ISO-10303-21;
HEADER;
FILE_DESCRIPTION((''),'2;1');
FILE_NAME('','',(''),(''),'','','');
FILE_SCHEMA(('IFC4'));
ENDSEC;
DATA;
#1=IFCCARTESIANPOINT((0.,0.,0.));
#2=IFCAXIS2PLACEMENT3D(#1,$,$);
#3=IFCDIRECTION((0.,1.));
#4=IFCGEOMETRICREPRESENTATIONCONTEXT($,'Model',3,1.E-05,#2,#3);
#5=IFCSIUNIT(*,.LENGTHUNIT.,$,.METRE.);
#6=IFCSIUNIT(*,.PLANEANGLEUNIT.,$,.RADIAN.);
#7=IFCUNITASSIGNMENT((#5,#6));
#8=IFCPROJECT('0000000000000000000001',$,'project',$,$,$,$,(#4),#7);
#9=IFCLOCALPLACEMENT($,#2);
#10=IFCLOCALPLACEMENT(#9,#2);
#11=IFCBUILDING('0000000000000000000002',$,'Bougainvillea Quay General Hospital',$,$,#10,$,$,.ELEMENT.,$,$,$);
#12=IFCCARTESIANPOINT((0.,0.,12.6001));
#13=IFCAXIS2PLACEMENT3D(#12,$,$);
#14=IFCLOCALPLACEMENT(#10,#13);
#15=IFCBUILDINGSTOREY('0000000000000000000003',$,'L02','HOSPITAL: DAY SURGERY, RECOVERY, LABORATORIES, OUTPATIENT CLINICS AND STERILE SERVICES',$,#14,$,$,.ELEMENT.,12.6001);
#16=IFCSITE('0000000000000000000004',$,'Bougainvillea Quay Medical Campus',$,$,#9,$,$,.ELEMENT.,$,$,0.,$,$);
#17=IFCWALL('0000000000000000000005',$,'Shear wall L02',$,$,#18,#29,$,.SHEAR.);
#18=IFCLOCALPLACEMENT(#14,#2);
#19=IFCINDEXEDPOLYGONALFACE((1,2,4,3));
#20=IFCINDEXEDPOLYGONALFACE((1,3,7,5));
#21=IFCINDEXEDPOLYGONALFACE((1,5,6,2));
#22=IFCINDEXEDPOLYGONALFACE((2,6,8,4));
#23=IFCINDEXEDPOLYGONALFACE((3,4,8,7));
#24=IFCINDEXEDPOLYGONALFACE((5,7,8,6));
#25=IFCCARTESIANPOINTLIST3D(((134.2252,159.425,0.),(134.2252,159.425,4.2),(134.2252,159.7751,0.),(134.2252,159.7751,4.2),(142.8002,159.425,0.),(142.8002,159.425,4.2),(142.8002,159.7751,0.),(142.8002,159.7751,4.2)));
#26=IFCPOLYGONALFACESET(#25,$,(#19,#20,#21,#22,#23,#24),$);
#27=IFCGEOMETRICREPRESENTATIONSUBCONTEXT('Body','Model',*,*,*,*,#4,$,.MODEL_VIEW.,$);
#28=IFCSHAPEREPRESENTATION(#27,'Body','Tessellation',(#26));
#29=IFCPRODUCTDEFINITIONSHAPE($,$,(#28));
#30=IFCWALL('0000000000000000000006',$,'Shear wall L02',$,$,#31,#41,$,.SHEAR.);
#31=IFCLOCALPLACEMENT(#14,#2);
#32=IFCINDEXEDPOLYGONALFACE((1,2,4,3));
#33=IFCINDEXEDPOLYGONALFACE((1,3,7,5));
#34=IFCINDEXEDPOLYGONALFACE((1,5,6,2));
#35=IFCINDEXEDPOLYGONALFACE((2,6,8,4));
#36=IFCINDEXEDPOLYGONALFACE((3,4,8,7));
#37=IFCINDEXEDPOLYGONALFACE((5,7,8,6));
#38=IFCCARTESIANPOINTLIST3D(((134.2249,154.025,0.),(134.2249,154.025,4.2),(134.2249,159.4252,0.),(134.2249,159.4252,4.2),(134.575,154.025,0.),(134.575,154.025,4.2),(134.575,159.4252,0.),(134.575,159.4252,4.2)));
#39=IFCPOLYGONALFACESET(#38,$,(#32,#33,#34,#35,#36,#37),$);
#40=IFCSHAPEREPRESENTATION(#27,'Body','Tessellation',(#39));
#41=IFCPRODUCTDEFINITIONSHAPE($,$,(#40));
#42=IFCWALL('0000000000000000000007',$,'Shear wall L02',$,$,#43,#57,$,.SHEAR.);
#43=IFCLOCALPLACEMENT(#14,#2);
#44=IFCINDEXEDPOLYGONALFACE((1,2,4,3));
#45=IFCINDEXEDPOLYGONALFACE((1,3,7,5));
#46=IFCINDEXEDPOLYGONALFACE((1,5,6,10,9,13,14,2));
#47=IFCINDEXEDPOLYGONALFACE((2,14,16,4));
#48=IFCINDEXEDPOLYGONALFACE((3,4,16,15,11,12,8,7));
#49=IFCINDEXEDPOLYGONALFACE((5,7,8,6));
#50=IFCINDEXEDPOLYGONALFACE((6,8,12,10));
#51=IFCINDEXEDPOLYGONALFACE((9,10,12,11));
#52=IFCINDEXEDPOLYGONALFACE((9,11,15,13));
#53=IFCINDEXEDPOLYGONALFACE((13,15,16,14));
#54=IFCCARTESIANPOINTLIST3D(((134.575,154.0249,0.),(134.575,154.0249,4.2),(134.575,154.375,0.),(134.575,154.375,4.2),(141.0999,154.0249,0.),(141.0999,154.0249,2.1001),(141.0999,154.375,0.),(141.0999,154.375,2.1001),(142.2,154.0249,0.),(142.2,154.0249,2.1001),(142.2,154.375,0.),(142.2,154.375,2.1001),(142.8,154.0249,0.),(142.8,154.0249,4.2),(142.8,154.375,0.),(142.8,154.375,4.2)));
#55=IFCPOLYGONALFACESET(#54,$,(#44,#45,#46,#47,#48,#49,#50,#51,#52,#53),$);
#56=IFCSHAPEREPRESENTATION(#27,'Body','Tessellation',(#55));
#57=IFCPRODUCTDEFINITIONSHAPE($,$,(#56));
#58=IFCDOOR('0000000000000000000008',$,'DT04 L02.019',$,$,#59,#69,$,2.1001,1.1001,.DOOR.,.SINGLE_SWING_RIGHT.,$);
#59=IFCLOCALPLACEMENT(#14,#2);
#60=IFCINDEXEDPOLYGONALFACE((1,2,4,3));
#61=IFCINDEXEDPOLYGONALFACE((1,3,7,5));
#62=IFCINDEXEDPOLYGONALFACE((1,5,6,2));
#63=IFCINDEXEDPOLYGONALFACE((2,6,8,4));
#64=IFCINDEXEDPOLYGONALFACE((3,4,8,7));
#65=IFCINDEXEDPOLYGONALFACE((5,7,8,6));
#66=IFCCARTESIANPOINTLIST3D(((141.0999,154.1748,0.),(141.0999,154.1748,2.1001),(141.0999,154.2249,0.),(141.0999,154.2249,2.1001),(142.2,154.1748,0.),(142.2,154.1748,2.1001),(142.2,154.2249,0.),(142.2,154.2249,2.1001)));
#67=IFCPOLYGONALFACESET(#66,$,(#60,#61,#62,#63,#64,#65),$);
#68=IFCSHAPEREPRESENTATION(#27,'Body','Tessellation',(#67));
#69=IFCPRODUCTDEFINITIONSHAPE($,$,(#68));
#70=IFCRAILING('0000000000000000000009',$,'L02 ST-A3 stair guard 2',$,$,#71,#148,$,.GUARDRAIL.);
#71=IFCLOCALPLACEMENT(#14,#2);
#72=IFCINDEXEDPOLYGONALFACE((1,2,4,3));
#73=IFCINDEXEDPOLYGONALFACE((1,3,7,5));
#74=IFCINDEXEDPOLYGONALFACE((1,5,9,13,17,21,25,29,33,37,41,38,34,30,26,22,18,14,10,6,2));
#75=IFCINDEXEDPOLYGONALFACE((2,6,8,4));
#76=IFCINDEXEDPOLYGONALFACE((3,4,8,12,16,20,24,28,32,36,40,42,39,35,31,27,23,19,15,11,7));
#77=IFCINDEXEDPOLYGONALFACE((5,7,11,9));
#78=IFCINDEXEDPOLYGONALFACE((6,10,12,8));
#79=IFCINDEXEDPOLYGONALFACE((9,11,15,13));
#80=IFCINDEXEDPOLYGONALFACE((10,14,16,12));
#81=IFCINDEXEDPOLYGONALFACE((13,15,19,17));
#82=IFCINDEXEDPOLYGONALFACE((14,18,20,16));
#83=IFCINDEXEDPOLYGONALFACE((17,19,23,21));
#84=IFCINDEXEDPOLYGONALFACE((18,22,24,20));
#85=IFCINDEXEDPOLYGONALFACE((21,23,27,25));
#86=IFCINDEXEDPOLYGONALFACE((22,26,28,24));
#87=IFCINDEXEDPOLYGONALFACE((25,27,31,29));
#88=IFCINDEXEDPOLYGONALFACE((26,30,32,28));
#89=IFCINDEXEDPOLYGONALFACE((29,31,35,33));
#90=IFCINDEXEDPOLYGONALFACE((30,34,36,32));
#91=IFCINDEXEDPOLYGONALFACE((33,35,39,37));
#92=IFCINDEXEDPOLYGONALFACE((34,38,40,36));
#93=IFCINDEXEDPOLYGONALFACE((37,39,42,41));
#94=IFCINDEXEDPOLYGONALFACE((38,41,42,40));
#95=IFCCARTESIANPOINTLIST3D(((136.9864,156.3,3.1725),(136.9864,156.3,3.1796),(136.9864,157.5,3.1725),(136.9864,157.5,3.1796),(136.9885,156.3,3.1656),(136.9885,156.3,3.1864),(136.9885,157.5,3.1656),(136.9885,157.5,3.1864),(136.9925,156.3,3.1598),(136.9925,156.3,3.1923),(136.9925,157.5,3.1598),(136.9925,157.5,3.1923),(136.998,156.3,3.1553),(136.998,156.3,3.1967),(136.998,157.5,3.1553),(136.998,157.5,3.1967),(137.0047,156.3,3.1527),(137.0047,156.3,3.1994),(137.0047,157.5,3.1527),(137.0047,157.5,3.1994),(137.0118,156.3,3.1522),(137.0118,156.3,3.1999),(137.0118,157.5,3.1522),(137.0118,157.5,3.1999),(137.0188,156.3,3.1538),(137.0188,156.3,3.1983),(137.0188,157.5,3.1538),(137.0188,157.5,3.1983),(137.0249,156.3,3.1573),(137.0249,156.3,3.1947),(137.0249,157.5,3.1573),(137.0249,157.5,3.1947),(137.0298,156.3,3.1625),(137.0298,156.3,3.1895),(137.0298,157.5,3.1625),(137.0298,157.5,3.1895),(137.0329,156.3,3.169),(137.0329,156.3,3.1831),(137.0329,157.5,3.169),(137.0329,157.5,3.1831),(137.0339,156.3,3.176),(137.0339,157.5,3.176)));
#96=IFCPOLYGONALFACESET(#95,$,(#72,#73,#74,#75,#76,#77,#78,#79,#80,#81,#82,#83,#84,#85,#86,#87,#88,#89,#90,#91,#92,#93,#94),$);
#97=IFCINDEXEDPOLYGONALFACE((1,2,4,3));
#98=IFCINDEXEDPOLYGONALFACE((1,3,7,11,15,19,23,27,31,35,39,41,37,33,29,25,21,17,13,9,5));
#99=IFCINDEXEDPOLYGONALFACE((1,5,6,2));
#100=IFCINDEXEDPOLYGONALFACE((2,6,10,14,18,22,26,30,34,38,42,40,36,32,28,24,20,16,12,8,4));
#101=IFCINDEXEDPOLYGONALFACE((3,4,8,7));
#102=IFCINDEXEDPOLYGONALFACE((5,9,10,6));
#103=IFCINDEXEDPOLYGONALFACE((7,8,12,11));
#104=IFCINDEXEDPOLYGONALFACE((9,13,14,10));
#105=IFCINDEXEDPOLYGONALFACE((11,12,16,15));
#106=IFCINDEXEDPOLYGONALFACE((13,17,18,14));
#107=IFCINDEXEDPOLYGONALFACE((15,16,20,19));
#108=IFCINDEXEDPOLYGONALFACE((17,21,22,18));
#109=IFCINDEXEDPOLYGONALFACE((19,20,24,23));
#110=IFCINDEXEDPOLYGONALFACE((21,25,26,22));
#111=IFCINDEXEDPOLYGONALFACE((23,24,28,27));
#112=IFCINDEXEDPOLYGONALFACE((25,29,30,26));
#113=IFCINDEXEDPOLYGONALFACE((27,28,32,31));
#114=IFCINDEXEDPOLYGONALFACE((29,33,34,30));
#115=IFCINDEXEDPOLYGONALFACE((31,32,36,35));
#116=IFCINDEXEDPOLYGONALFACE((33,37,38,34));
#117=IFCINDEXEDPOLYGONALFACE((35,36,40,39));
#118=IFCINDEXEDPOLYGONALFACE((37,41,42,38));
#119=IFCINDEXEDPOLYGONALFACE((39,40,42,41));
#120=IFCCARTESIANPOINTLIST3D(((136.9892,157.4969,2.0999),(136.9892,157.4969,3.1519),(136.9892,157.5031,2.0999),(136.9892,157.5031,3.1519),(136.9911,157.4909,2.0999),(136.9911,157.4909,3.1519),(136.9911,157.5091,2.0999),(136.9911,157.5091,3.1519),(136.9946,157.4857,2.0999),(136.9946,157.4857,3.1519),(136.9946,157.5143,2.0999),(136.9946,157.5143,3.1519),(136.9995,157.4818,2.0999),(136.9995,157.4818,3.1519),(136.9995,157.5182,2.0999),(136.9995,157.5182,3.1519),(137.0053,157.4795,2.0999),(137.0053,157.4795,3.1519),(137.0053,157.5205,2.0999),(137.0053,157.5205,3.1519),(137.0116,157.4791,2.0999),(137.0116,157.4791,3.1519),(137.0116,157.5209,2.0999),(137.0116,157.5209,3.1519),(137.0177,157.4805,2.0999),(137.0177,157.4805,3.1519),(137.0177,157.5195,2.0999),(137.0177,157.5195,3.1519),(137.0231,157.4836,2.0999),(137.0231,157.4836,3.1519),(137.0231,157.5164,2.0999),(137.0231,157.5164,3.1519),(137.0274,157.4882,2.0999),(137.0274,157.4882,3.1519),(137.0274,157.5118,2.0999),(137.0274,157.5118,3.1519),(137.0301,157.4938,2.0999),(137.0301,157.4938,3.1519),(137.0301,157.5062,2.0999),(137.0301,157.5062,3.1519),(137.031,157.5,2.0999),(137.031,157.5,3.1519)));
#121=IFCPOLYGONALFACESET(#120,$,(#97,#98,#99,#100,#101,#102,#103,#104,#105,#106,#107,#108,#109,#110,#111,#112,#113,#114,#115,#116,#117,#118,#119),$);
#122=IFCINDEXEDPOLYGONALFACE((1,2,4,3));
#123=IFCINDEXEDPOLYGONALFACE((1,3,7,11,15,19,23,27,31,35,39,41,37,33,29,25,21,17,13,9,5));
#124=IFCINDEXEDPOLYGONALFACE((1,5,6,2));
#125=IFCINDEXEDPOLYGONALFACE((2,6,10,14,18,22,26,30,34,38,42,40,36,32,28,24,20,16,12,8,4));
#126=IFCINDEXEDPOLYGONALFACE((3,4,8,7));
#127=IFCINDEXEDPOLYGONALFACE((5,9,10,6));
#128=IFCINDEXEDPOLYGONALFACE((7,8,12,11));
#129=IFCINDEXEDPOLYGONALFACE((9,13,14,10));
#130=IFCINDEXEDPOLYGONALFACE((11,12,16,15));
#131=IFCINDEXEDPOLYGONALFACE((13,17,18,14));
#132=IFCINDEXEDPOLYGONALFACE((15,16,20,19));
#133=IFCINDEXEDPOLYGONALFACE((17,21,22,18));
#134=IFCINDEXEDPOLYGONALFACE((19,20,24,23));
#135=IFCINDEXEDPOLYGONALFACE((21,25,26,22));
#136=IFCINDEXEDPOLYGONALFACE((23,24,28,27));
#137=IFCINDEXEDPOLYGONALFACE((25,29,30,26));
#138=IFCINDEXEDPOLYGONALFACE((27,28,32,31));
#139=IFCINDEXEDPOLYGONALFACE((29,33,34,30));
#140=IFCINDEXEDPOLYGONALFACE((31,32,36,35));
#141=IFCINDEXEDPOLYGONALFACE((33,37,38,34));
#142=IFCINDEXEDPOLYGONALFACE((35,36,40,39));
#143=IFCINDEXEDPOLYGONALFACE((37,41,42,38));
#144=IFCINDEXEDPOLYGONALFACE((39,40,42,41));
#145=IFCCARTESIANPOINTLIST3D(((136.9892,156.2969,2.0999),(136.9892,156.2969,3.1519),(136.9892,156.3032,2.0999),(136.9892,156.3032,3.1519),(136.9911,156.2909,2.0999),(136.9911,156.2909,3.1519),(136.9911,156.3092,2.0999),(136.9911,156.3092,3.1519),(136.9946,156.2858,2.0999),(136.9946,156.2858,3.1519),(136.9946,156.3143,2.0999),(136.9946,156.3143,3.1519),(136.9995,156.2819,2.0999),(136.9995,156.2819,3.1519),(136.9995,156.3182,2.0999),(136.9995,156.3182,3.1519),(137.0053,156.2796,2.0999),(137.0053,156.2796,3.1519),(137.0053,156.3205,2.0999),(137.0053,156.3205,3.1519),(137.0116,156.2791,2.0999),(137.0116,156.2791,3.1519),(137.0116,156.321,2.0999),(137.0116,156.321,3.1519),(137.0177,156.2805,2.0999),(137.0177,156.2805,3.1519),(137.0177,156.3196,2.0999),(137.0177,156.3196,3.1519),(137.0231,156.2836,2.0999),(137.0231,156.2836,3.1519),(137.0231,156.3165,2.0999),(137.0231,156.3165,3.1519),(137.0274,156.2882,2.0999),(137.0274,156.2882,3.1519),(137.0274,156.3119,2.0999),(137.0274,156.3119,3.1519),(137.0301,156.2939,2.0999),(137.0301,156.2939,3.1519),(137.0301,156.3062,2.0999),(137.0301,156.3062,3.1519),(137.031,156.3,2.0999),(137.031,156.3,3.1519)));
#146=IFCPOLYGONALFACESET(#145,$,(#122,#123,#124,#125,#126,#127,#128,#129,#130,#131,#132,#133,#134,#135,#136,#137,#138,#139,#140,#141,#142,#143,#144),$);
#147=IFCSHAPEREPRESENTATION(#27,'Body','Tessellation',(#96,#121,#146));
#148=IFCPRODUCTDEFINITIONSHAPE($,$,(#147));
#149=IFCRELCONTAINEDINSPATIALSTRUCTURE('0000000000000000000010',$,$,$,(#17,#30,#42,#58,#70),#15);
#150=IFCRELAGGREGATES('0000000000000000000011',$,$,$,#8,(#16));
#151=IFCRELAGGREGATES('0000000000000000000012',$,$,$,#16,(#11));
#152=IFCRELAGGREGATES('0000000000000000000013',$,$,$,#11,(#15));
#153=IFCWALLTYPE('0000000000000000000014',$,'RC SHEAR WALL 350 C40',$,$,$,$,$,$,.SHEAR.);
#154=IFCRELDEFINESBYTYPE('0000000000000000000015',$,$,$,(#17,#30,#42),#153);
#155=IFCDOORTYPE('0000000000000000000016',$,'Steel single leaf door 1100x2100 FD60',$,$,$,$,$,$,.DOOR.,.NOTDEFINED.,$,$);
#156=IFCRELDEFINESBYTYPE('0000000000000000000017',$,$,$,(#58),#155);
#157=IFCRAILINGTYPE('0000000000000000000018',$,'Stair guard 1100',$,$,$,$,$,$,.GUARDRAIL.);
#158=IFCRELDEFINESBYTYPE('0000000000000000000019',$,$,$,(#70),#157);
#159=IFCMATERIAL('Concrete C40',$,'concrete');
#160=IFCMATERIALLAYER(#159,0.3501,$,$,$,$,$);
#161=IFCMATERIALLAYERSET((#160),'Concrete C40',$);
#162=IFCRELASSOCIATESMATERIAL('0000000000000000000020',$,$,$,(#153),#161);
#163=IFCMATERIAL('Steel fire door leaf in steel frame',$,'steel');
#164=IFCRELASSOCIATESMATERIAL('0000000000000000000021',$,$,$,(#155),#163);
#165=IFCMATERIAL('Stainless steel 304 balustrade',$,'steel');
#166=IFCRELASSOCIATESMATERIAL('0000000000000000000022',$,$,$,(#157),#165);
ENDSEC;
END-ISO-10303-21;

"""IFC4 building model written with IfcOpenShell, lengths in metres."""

from ifc_helpers import new_model, si_unit, direction, frame, frame_2d, origin, origin_2d, place, context, subcontext, project, spatial, rectangle, circle, extrude, material, layer, layer_set, type_object, element, fill, save


model = new_model("IFC4")

# Units and contexts
model_context = context("Model", 3, precision=1e-05, world=origin(), true_north=direction((0.0, 1.0)))
body_context = subcontext(model_context, "Body", "Model", "MODEL_VIEW")
ifc_project = project(units=[si_unit("LENGTHUNIT", "METRE"), si_unit("PLANEANGLEUNIT", "RADIAN")], contexts=[model_context])

# Site, building, storey
site_placement = place(None, origin())
site = spatial("IfcSite", under=ifc_project, at=site_placement, Name="Bougainvillea Quay Medical Campus", CompositionType="ELEMENT", RefElevation=0.0)
building_placement = place(site_placement, origin())
building = spatial("IfcBuilding", under=site, at=building_placement, Name="Bougainvillea Quay General Hospital", CompositionType="ELEMENT")
storey_placement = place(building_placement, frame((0.0, 0.0, 12.6001)))
storey = spatial("IfcBuildingStorey", under=building, at=storey_placement, Name="L02", Description="HOSPITAL: DAY SURGERY, RECOVERY, LABORATORIES, OUTPATIENT CLINICS AND STERILE SERVICES", CompositionType="ELEMENT", Elevation=12.6001)

# Shared definitions
ifc_material_1 = material(Name="Concrete C40", Category="concrete")

# Walls
ifc_layer_1 = layer(ifc_material_1, 0.3501)
ifc_layer_set_1 = layer_set([ifc_layer_1], Name="Concrete C40")
wall_type_1 = type_object("IfcWallType", Name="RC SHEAR WALL 350 C40", PredefinedType="SHEAR", material=ifc_layer_set_1)
wall_1_placement = place(storey_placement, frame((134.2251, 159.6001, 0.0), z_axis=(0.0, 0.0, 1.0), x_axis=(1.0, 0.0, 0.0)))
element("IfcWall", 1, at=wall_1_placement, inside=storey, type_object=wall_type_1, Name="Shear wall L02", PredefinedType="SHEAR", context=body_context, shape_type="SweptSolid", body=[
    extrude(rectangle(XDim=8.575, YDim=0.3501, at=frame_2d((4.2876, 0.0))), origin(), (0.0, 0.0, 1.0), 4.2),
])
wall_2_placement = place(storey_placement, frame((134.3999, 154.0249, 0.0), z_axis=(0.0, 0.0, 1.0), x_axis=(0.0, 1.0, 0.0)))
element("IfcWall", 2, at=wall_2_placement, inside=storey, type_object=wall_type_1, Name="Shear wall L02", PredefinedType="SHEAR", context=body_context, shape_type="SweptSolid", body=[
    extrude(rectangle(XDim=5.4001, YDim=0.3501, at=frame_2d((2.7002, 0.0))), origin(), (0.0, 0.0, 1.0), 4.2),
])

# Wall, opening, door
wall_3_placement = place(storey_placement, frame((134.575, 154.2, 0.0), z_axis=(0.0, 0.0, 1.0), x_axis=(1.0, 0.0, 0.0)))
wall_3 = element("IfcWall", 3, at=wall_3_placement, inside=storey, type_object=wall_type_1, Name="Shear wall L02", PredefinedType="SHEAR", context=body_context, shape_type="SweptSolid", body=[
    extrude(rectangle(XDim=8.2251, YDim=0.3501, at=frame_2d((4.1125, 0.0))), origin(), (0.0, 0.0, 1.0), 4.2),
])
opening_1_placement = place(wall_3_placement, frame((6.5249, 0.0, 0.0)))
opening_1 = element("IfcOpeningElement", 4, at=opening_1_placement, cuts=wall_3, PredefinedType="OPENING", context=body_context, shape_type="SweptSolid", body=[
    extrude(rectangle(XDim=1.1001, YDim=2.1001, at=frame_2d((0.55, 1.05))), frame((0.0, 0.1851, 0.0), z_axis=(0.0, -1.0, 0.0), x_axis=(1.0, 0.0, 0.0)), (0.0, 0.0, 1.0), 0.3701),
])
ifc_material_2 = material(Name="Steel fire door leaf in steel frame", Category="steel")
door_type_1 = type_object("IfcDoorType", Name="Steel single leaf door 1100x2100 FD60", OperationType="NOTDEFINED", PredefinedType="DOOR", material=ifc_material_2)
door_1_placement = place(opening_1_placement, origin())
door_1 = element("IfcDoor", 5, at=door_1_placement, inside=storey, type_object=door_type_1, Name="DT04 L02.019", OperationType="SINGLE_SWING_RIGHT", OverallHeight=2.1001, OverallWidth=1.1001, PredefinedType="DOOR", context=body_context, shape_type="SweptSolid", body=[
    extrude(rectangle(XDim=1.1001, YDim=2.1001, at=frame_2d((0.55, 1.05))), frame((0.0, 0.0249, 0.0), z_axis=(0.0, -1.0, 0.0), x_axis=(1.0, 0.0, 0.0)), (0.0, 0.0, 1.0), 0.05),
])
fill(opening_1, door_1)

# Railing
ifc_material_3 = material(Name="Stainless steel 304 balustrade", Category="steel")
railing_type_1 = type_object("IfcRailingType", Name="Stair guard 1100", PredefinedType="GUARDRAIL", material=ifc_material_3)
railing_1_placement = place(storey_placement, frame((137.01, 157.5, 2.0999)))
element("IfcRailing", 6, at=railing_1_placement, inside=storey, type_object=railing_type_1, Name="L02 ST-A3 stair guard 2", PredefinedType="GUARDRAIL", context=body_context, shape_type="SweptSolid", body=[
    extrude(circle(Radius=0.0239, at=origin_2d()), frame((0.0, 0.0, 1.0762), z_axis=(0.0, -1.0, 0.0), x_axis=(1.0, 0.0, 0.0)), (0.0, 0.0, 1.0), 1.2),
    extrude(circle(Radius=0.021, at=origin_2d()), origin(), (0.0, 0.0, 1.0), 1.052),
    extrude(circle(Radius=0.021, at=origin_2d()), frame((0.0, -1.2, 0.0)), (0.0, 0.0, 1.0), 1.052),
])

save(model, "model.ifc")
